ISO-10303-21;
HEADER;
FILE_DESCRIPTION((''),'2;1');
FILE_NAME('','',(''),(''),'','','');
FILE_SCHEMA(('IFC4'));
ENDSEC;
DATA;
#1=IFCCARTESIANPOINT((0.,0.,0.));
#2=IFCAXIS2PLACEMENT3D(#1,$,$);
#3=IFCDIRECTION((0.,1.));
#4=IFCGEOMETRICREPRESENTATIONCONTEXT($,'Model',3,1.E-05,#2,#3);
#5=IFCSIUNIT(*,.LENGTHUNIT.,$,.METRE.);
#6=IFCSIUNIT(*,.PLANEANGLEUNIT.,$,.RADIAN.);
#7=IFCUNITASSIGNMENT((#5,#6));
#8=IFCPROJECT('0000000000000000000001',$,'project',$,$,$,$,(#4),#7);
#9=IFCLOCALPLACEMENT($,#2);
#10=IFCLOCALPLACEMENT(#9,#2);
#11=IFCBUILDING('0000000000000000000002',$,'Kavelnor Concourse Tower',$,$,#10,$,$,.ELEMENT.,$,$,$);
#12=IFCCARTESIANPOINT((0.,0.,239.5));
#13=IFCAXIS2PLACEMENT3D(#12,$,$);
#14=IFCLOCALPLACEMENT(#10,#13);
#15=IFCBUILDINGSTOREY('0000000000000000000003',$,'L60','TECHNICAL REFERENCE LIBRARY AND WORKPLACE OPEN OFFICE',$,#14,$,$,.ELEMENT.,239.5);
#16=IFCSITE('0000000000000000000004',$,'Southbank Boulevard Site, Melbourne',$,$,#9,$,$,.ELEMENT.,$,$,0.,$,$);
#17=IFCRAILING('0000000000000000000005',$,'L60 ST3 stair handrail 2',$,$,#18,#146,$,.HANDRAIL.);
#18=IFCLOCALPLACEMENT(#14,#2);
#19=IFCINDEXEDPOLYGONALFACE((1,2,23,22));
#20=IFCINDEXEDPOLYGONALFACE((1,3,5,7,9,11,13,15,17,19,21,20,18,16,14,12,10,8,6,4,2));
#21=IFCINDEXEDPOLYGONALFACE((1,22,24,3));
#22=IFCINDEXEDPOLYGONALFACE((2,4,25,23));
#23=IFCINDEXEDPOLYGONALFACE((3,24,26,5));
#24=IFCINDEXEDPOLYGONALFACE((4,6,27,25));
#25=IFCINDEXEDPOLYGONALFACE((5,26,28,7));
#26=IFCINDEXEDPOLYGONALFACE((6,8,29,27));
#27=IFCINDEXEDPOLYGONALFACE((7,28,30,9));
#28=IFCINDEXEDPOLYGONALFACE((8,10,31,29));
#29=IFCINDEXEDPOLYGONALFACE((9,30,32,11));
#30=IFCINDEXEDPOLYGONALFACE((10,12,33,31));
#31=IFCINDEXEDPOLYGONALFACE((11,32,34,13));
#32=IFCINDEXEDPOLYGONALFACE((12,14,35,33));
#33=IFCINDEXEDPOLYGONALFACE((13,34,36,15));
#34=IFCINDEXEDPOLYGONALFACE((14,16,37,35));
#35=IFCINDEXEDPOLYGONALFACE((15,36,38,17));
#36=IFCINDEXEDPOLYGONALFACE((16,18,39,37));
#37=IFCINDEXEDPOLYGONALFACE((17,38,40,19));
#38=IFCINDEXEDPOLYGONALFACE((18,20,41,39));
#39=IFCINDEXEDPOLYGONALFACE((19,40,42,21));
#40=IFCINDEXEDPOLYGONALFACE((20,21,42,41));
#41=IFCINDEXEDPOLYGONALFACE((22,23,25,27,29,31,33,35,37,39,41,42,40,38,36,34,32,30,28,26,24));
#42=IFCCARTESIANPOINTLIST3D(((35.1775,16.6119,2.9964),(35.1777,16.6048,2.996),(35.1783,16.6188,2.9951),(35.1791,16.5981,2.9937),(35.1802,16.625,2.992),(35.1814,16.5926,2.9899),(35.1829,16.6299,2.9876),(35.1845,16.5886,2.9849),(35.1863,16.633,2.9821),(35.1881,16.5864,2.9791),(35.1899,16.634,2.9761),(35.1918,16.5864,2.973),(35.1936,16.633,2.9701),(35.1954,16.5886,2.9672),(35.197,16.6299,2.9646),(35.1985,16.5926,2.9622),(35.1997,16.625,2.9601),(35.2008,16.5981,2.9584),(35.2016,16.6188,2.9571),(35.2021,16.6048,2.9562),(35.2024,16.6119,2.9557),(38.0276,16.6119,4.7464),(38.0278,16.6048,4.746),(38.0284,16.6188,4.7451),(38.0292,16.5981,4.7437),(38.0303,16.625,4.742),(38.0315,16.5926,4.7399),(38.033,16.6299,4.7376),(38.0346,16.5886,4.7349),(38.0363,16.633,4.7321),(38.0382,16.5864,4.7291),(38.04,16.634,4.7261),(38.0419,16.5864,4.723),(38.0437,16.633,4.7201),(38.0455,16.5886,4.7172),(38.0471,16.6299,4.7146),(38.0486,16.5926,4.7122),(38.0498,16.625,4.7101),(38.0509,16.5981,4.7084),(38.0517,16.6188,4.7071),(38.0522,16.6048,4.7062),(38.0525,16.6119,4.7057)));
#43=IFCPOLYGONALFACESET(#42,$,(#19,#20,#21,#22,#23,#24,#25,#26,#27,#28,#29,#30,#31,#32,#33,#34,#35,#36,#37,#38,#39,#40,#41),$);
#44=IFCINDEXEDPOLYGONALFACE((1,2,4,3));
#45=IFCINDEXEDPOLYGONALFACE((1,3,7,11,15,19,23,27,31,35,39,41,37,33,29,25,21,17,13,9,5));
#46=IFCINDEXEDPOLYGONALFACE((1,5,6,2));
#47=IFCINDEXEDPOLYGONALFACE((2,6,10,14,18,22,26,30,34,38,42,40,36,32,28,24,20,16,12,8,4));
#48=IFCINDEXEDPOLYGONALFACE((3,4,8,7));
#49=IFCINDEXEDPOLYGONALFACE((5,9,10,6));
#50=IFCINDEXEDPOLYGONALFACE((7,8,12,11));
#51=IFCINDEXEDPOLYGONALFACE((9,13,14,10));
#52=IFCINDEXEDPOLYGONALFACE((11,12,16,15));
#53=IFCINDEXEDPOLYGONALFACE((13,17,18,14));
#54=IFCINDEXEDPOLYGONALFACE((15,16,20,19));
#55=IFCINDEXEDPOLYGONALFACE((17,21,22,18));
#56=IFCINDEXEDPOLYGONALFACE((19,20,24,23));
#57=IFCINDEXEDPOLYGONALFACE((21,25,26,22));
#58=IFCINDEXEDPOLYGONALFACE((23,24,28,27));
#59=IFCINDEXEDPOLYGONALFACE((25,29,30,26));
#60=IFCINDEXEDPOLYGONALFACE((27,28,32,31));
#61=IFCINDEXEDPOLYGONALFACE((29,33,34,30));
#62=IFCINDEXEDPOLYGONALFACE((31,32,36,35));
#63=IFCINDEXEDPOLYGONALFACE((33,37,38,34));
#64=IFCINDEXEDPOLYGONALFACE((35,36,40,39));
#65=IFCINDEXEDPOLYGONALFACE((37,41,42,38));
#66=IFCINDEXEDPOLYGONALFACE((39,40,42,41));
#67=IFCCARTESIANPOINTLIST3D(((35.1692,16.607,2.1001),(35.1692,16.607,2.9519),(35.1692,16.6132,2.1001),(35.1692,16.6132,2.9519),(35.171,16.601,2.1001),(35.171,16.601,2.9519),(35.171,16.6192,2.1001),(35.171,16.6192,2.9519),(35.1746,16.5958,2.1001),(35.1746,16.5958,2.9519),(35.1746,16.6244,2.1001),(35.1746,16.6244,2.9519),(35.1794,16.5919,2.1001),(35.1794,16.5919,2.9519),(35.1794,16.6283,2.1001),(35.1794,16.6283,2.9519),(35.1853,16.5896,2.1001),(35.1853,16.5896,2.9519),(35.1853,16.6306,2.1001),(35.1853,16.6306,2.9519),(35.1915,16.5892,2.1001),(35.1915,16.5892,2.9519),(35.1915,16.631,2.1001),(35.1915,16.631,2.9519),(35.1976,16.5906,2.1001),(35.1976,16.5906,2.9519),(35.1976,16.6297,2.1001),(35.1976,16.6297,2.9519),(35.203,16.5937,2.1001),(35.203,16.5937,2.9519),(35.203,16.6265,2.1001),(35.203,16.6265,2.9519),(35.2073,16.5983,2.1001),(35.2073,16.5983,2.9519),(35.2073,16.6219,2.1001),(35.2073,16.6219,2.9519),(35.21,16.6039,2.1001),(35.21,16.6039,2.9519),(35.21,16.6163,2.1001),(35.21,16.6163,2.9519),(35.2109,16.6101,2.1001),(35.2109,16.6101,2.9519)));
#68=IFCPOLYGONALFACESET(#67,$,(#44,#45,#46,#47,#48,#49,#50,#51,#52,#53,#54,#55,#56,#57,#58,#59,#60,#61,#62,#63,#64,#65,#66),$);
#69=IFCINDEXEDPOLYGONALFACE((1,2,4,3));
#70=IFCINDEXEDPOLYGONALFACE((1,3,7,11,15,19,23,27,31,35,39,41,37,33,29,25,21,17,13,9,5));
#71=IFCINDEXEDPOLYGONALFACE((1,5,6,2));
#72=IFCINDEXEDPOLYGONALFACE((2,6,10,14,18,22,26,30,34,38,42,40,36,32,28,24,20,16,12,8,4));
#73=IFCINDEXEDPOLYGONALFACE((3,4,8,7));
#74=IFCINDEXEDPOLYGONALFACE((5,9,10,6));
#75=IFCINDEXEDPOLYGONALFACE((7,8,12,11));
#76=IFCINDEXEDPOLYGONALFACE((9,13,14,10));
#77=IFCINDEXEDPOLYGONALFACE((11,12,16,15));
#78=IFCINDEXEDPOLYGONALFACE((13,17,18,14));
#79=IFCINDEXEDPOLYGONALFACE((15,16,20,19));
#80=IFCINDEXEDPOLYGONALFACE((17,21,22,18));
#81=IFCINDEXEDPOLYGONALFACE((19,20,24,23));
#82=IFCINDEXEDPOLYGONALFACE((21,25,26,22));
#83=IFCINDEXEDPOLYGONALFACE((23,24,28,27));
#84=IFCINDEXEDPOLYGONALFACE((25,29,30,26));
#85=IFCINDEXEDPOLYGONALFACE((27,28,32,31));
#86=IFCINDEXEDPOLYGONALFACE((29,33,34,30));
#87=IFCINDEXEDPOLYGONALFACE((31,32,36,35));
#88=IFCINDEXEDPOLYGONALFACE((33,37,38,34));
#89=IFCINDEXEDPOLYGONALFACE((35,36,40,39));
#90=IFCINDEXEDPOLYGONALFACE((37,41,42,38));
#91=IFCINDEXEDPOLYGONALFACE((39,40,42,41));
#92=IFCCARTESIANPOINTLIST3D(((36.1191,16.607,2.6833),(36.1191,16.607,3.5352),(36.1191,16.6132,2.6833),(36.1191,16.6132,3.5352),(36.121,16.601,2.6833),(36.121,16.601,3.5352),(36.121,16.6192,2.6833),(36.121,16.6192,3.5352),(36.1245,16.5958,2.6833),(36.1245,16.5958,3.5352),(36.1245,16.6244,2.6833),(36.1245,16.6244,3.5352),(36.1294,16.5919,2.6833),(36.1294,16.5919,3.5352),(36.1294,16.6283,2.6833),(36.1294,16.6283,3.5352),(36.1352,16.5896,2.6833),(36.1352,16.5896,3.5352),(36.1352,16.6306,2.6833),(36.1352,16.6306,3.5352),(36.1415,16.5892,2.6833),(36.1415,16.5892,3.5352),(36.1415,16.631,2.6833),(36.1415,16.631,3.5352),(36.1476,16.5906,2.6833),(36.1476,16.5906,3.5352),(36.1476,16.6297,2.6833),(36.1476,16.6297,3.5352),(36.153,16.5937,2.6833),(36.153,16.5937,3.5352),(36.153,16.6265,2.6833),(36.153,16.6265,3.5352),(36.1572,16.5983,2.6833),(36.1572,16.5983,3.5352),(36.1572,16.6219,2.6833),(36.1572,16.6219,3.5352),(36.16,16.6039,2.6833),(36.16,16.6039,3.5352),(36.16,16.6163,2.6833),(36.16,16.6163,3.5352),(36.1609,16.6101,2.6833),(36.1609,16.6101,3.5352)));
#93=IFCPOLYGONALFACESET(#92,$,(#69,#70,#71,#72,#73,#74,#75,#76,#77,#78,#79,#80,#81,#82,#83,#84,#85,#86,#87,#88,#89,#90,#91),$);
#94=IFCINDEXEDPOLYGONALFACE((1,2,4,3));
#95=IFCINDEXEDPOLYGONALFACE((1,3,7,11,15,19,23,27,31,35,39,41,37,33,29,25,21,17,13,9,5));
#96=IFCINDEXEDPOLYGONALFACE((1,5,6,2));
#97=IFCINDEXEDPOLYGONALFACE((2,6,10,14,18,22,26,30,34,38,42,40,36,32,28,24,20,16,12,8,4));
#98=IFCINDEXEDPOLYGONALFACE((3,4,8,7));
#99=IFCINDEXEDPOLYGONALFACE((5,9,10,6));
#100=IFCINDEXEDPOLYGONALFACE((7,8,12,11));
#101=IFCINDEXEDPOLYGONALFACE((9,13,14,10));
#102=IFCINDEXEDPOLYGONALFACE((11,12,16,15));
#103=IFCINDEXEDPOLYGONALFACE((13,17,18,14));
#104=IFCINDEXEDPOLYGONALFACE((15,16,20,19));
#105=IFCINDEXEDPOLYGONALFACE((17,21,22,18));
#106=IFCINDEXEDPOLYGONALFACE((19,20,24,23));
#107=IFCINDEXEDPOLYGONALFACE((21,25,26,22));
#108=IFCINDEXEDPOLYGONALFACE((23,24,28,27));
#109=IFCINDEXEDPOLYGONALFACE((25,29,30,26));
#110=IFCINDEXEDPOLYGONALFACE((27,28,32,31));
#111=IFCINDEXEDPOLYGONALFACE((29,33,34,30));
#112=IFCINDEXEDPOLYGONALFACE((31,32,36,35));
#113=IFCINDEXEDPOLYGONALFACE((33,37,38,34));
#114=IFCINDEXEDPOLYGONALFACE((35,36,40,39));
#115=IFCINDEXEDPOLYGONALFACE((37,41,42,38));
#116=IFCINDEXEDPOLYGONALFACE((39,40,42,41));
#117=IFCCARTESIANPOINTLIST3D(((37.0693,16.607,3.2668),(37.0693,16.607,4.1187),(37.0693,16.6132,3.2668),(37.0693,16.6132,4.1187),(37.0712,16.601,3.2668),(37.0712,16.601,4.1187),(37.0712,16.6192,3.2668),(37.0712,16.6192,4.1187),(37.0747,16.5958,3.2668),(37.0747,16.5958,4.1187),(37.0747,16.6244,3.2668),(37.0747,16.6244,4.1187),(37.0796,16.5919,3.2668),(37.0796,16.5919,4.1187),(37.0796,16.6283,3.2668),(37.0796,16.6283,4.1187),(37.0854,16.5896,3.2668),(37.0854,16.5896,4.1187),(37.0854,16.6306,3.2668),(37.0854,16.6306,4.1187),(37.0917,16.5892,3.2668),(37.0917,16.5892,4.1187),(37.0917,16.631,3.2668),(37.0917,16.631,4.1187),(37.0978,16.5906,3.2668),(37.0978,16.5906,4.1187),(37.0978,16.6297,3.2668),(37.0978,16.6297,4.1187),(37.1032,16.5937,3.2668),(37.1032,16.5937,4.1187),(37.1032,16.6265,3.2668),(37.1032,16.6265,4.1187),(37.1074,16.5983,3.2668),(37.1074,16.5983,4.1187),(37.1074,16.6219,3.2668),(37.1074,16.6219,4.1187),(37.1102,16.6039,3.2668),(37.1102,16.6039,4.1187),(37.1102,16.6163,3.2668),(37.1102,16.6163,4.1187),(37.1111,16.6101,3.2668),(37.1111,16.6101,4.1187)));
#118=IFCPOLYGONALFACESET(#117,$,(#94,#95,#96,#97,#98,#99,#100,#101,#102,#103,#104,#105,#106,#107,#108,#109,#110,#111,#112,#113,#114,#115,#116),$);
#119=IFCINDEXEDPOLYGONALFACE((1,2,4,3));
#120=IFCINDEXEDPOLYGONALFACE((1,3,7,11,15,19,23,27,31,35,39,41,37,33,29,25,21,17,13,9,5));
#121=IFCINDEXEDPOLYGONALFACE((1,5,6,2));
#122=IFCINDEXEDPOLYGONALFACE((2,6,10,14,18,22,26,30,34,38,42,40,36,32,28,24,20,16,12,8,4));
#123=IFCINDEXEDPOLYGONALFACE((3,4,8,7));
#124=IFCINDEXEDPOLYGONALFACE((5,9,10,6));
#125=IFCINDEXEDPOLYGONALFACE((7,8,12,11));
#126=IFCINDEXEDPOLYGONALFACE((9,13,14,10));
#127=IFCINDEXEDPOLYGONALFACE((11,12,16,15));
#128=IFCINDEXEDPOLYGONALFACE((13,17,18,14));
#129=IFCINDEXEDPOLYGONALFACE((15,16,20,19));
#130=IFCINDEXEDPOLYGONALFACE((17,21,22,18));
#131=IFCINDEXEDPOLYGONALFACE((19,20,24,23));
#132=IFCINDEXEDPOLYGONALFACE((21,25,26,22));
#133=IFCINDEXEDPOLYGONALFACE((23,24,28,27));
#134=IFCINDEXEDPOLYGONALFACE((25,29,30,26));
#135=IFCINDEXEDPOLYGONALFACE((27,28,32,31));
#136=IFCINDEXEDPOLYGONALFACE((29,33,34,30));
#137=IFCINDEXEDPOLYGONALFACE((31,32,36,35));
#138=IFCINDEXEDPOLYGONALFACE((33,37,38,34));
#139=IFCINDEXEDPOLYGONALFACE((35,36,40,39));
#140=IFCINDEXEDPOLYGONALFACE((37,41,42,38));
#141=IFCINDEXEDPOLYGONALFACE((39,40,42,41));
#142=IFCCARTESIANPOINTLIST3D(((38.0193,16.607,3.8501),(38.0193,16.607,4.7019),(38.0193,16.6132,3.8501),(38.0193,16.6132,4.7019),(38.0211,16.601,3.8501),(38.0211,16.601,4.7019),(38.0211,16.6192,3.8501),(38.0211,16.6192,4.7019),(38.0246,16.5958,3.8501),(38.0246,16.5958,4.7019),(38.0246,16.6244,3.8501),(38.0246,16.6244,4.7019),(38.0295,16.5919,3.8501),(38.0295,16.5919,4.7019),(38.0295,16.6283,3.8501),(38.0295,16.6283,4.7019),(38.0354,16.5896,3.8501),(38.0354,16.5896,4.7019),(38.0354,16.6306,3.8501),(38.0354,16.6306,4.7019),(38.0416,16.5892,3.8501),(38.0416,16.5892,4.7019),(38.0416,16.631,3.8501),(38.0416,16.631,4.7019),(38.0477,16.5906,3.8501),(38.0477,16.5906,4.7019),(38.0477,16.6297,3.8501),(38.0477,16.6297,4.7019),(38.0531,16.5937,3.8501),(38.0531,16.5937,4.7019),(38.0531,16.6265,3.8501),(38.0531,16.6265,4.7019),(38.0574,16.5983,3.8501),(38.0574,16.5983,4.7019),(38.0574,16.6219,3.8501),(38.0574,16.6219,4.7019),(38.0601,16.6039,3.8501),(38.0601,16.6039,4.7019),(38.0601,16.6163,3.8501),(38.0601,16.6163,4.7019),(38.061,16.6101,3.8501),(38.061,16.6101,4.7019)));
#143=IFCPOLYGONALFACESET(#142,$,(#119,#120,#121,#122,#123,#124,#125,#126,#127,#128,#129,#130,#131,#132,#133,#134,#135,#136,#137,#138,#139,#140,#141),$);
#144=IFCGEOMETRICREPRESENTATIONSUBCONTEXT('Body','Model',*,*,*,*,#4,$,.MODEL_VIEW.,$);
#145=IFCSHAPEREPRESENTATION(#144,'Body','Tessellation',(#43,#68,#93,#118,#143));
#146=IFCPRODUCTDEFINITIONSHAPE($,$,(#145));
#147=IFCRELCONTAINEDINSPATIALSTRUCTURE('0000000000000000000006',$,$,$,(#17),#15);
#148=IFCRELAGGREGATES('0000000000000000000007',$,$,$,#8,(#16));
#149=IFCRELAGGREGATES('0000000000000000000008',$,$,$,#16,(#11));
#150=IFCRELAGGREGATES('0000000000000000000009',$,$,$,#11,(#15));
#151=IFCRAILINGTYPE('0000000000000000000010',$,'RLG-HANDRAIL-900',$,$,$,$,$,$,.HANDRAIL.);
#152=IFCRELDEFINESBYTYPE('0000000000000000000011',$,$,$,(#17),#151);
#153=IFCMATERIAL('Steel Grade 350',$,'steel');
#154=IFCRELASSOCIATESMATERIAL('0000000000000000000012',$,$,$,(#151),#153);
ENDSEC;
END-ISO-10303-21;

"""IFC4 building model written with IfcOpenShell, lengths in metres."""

from ifc_helpers import new_model, si_unit, direction, frame, origin, origin_2d, place, context, subcontext, project, spatial, circle, extrude, material, type_object, element, save


model = new_model("IFC4")

# Units and contexts
model_context = context("Model", 3, precision=1e-05, world=origin(), true_north=direction((0.0, 1.0)))
body_context = subcontext(model_context, "Body", "Model", "MODEL_VIEW")
ifc_project = project(units=[si_unit("LENGTHUNIT", "METRE"), si_unit("PLANEANGLEUNIT", "RADIAN")], contexts=[model_context])

# Site, building, storey
site_placement = place(None, origin())
site = spatial("IfcSite", under=ifc_project, at=site_placement, Name="Southbank Boulevard Site, Melbourne", CompositionType="ELEMENT", RefElevation=0.0)
building_placement = place(site_placement, origin())
building = spatial("IfcBuilding", under=site, at=building_placement, Name="Kavelnor Concourse Tower", CompositionType="ELEMENT")
storey_placement = place(building_placement, frame((0.0, 0.0, 239.5)))
storey = spatial("IfcBuildingStorey", under=building, at=storey_placement, Name="L60", Description="TECHNICAL REFERENCE LIBRARY AND WORKPLACE OPEN OFFICE", CompositionType="ELEMENT", Elevation=239.5)

# Shared definitions
ifc_material_1 = material(Name="Steel Grade 350", Category="steel")

# Railing
railing_type_1 = type_object("IfcRailingType", Name="RLG-HANDRAIL-900", PredefinedType="HANDRAIL", material=ifc_material_1)
railing_1_placement = place(storey_placement, frame((35.1899, 16.6101, 2.1001)))
element("IfcRailing", 1, at=railing_1_placement, inside=storey, type_object=railing_type_1, Name="L60 ST3 stair handrail 2", PredefinedType="HANDRAIL", context=body_context, shape_type="SweptSolid", body=[
    extrude(circle(Radius=0.0239, at=origin_2d()), frame((0.0, 0.0, 0.876), z_axis=(0.852179, 0.0, 0.52325), x_axis=(0.0, 1.0, 0.0)), (0.0, 0.0, 1.0), 3.3445),
    extrude(circle(Radius=0.021, at=origin_2d()), origin(), (0.0, 0.0, 1.0), 0.8518),
    extrude(circle(Radius=0.021, at=origin_2d()), frame((0.95, 0.0, 0.5833)), (0.0, 0.0, 1.0), 0.8518),
    extrude(circle(Radius=0.021, at=origin_2d()), frame((1.9001, 0.0, 1.1667)), (0.0, 0.0, 1.0), 0.8518),
    extrude(circle(Radius=0.021, at=origin_2d()), frame((2.8501, 0.0, 1.75)), (0.0, 0.0, 1.0), 0.8518),
])

save(model, "model.ifc")
